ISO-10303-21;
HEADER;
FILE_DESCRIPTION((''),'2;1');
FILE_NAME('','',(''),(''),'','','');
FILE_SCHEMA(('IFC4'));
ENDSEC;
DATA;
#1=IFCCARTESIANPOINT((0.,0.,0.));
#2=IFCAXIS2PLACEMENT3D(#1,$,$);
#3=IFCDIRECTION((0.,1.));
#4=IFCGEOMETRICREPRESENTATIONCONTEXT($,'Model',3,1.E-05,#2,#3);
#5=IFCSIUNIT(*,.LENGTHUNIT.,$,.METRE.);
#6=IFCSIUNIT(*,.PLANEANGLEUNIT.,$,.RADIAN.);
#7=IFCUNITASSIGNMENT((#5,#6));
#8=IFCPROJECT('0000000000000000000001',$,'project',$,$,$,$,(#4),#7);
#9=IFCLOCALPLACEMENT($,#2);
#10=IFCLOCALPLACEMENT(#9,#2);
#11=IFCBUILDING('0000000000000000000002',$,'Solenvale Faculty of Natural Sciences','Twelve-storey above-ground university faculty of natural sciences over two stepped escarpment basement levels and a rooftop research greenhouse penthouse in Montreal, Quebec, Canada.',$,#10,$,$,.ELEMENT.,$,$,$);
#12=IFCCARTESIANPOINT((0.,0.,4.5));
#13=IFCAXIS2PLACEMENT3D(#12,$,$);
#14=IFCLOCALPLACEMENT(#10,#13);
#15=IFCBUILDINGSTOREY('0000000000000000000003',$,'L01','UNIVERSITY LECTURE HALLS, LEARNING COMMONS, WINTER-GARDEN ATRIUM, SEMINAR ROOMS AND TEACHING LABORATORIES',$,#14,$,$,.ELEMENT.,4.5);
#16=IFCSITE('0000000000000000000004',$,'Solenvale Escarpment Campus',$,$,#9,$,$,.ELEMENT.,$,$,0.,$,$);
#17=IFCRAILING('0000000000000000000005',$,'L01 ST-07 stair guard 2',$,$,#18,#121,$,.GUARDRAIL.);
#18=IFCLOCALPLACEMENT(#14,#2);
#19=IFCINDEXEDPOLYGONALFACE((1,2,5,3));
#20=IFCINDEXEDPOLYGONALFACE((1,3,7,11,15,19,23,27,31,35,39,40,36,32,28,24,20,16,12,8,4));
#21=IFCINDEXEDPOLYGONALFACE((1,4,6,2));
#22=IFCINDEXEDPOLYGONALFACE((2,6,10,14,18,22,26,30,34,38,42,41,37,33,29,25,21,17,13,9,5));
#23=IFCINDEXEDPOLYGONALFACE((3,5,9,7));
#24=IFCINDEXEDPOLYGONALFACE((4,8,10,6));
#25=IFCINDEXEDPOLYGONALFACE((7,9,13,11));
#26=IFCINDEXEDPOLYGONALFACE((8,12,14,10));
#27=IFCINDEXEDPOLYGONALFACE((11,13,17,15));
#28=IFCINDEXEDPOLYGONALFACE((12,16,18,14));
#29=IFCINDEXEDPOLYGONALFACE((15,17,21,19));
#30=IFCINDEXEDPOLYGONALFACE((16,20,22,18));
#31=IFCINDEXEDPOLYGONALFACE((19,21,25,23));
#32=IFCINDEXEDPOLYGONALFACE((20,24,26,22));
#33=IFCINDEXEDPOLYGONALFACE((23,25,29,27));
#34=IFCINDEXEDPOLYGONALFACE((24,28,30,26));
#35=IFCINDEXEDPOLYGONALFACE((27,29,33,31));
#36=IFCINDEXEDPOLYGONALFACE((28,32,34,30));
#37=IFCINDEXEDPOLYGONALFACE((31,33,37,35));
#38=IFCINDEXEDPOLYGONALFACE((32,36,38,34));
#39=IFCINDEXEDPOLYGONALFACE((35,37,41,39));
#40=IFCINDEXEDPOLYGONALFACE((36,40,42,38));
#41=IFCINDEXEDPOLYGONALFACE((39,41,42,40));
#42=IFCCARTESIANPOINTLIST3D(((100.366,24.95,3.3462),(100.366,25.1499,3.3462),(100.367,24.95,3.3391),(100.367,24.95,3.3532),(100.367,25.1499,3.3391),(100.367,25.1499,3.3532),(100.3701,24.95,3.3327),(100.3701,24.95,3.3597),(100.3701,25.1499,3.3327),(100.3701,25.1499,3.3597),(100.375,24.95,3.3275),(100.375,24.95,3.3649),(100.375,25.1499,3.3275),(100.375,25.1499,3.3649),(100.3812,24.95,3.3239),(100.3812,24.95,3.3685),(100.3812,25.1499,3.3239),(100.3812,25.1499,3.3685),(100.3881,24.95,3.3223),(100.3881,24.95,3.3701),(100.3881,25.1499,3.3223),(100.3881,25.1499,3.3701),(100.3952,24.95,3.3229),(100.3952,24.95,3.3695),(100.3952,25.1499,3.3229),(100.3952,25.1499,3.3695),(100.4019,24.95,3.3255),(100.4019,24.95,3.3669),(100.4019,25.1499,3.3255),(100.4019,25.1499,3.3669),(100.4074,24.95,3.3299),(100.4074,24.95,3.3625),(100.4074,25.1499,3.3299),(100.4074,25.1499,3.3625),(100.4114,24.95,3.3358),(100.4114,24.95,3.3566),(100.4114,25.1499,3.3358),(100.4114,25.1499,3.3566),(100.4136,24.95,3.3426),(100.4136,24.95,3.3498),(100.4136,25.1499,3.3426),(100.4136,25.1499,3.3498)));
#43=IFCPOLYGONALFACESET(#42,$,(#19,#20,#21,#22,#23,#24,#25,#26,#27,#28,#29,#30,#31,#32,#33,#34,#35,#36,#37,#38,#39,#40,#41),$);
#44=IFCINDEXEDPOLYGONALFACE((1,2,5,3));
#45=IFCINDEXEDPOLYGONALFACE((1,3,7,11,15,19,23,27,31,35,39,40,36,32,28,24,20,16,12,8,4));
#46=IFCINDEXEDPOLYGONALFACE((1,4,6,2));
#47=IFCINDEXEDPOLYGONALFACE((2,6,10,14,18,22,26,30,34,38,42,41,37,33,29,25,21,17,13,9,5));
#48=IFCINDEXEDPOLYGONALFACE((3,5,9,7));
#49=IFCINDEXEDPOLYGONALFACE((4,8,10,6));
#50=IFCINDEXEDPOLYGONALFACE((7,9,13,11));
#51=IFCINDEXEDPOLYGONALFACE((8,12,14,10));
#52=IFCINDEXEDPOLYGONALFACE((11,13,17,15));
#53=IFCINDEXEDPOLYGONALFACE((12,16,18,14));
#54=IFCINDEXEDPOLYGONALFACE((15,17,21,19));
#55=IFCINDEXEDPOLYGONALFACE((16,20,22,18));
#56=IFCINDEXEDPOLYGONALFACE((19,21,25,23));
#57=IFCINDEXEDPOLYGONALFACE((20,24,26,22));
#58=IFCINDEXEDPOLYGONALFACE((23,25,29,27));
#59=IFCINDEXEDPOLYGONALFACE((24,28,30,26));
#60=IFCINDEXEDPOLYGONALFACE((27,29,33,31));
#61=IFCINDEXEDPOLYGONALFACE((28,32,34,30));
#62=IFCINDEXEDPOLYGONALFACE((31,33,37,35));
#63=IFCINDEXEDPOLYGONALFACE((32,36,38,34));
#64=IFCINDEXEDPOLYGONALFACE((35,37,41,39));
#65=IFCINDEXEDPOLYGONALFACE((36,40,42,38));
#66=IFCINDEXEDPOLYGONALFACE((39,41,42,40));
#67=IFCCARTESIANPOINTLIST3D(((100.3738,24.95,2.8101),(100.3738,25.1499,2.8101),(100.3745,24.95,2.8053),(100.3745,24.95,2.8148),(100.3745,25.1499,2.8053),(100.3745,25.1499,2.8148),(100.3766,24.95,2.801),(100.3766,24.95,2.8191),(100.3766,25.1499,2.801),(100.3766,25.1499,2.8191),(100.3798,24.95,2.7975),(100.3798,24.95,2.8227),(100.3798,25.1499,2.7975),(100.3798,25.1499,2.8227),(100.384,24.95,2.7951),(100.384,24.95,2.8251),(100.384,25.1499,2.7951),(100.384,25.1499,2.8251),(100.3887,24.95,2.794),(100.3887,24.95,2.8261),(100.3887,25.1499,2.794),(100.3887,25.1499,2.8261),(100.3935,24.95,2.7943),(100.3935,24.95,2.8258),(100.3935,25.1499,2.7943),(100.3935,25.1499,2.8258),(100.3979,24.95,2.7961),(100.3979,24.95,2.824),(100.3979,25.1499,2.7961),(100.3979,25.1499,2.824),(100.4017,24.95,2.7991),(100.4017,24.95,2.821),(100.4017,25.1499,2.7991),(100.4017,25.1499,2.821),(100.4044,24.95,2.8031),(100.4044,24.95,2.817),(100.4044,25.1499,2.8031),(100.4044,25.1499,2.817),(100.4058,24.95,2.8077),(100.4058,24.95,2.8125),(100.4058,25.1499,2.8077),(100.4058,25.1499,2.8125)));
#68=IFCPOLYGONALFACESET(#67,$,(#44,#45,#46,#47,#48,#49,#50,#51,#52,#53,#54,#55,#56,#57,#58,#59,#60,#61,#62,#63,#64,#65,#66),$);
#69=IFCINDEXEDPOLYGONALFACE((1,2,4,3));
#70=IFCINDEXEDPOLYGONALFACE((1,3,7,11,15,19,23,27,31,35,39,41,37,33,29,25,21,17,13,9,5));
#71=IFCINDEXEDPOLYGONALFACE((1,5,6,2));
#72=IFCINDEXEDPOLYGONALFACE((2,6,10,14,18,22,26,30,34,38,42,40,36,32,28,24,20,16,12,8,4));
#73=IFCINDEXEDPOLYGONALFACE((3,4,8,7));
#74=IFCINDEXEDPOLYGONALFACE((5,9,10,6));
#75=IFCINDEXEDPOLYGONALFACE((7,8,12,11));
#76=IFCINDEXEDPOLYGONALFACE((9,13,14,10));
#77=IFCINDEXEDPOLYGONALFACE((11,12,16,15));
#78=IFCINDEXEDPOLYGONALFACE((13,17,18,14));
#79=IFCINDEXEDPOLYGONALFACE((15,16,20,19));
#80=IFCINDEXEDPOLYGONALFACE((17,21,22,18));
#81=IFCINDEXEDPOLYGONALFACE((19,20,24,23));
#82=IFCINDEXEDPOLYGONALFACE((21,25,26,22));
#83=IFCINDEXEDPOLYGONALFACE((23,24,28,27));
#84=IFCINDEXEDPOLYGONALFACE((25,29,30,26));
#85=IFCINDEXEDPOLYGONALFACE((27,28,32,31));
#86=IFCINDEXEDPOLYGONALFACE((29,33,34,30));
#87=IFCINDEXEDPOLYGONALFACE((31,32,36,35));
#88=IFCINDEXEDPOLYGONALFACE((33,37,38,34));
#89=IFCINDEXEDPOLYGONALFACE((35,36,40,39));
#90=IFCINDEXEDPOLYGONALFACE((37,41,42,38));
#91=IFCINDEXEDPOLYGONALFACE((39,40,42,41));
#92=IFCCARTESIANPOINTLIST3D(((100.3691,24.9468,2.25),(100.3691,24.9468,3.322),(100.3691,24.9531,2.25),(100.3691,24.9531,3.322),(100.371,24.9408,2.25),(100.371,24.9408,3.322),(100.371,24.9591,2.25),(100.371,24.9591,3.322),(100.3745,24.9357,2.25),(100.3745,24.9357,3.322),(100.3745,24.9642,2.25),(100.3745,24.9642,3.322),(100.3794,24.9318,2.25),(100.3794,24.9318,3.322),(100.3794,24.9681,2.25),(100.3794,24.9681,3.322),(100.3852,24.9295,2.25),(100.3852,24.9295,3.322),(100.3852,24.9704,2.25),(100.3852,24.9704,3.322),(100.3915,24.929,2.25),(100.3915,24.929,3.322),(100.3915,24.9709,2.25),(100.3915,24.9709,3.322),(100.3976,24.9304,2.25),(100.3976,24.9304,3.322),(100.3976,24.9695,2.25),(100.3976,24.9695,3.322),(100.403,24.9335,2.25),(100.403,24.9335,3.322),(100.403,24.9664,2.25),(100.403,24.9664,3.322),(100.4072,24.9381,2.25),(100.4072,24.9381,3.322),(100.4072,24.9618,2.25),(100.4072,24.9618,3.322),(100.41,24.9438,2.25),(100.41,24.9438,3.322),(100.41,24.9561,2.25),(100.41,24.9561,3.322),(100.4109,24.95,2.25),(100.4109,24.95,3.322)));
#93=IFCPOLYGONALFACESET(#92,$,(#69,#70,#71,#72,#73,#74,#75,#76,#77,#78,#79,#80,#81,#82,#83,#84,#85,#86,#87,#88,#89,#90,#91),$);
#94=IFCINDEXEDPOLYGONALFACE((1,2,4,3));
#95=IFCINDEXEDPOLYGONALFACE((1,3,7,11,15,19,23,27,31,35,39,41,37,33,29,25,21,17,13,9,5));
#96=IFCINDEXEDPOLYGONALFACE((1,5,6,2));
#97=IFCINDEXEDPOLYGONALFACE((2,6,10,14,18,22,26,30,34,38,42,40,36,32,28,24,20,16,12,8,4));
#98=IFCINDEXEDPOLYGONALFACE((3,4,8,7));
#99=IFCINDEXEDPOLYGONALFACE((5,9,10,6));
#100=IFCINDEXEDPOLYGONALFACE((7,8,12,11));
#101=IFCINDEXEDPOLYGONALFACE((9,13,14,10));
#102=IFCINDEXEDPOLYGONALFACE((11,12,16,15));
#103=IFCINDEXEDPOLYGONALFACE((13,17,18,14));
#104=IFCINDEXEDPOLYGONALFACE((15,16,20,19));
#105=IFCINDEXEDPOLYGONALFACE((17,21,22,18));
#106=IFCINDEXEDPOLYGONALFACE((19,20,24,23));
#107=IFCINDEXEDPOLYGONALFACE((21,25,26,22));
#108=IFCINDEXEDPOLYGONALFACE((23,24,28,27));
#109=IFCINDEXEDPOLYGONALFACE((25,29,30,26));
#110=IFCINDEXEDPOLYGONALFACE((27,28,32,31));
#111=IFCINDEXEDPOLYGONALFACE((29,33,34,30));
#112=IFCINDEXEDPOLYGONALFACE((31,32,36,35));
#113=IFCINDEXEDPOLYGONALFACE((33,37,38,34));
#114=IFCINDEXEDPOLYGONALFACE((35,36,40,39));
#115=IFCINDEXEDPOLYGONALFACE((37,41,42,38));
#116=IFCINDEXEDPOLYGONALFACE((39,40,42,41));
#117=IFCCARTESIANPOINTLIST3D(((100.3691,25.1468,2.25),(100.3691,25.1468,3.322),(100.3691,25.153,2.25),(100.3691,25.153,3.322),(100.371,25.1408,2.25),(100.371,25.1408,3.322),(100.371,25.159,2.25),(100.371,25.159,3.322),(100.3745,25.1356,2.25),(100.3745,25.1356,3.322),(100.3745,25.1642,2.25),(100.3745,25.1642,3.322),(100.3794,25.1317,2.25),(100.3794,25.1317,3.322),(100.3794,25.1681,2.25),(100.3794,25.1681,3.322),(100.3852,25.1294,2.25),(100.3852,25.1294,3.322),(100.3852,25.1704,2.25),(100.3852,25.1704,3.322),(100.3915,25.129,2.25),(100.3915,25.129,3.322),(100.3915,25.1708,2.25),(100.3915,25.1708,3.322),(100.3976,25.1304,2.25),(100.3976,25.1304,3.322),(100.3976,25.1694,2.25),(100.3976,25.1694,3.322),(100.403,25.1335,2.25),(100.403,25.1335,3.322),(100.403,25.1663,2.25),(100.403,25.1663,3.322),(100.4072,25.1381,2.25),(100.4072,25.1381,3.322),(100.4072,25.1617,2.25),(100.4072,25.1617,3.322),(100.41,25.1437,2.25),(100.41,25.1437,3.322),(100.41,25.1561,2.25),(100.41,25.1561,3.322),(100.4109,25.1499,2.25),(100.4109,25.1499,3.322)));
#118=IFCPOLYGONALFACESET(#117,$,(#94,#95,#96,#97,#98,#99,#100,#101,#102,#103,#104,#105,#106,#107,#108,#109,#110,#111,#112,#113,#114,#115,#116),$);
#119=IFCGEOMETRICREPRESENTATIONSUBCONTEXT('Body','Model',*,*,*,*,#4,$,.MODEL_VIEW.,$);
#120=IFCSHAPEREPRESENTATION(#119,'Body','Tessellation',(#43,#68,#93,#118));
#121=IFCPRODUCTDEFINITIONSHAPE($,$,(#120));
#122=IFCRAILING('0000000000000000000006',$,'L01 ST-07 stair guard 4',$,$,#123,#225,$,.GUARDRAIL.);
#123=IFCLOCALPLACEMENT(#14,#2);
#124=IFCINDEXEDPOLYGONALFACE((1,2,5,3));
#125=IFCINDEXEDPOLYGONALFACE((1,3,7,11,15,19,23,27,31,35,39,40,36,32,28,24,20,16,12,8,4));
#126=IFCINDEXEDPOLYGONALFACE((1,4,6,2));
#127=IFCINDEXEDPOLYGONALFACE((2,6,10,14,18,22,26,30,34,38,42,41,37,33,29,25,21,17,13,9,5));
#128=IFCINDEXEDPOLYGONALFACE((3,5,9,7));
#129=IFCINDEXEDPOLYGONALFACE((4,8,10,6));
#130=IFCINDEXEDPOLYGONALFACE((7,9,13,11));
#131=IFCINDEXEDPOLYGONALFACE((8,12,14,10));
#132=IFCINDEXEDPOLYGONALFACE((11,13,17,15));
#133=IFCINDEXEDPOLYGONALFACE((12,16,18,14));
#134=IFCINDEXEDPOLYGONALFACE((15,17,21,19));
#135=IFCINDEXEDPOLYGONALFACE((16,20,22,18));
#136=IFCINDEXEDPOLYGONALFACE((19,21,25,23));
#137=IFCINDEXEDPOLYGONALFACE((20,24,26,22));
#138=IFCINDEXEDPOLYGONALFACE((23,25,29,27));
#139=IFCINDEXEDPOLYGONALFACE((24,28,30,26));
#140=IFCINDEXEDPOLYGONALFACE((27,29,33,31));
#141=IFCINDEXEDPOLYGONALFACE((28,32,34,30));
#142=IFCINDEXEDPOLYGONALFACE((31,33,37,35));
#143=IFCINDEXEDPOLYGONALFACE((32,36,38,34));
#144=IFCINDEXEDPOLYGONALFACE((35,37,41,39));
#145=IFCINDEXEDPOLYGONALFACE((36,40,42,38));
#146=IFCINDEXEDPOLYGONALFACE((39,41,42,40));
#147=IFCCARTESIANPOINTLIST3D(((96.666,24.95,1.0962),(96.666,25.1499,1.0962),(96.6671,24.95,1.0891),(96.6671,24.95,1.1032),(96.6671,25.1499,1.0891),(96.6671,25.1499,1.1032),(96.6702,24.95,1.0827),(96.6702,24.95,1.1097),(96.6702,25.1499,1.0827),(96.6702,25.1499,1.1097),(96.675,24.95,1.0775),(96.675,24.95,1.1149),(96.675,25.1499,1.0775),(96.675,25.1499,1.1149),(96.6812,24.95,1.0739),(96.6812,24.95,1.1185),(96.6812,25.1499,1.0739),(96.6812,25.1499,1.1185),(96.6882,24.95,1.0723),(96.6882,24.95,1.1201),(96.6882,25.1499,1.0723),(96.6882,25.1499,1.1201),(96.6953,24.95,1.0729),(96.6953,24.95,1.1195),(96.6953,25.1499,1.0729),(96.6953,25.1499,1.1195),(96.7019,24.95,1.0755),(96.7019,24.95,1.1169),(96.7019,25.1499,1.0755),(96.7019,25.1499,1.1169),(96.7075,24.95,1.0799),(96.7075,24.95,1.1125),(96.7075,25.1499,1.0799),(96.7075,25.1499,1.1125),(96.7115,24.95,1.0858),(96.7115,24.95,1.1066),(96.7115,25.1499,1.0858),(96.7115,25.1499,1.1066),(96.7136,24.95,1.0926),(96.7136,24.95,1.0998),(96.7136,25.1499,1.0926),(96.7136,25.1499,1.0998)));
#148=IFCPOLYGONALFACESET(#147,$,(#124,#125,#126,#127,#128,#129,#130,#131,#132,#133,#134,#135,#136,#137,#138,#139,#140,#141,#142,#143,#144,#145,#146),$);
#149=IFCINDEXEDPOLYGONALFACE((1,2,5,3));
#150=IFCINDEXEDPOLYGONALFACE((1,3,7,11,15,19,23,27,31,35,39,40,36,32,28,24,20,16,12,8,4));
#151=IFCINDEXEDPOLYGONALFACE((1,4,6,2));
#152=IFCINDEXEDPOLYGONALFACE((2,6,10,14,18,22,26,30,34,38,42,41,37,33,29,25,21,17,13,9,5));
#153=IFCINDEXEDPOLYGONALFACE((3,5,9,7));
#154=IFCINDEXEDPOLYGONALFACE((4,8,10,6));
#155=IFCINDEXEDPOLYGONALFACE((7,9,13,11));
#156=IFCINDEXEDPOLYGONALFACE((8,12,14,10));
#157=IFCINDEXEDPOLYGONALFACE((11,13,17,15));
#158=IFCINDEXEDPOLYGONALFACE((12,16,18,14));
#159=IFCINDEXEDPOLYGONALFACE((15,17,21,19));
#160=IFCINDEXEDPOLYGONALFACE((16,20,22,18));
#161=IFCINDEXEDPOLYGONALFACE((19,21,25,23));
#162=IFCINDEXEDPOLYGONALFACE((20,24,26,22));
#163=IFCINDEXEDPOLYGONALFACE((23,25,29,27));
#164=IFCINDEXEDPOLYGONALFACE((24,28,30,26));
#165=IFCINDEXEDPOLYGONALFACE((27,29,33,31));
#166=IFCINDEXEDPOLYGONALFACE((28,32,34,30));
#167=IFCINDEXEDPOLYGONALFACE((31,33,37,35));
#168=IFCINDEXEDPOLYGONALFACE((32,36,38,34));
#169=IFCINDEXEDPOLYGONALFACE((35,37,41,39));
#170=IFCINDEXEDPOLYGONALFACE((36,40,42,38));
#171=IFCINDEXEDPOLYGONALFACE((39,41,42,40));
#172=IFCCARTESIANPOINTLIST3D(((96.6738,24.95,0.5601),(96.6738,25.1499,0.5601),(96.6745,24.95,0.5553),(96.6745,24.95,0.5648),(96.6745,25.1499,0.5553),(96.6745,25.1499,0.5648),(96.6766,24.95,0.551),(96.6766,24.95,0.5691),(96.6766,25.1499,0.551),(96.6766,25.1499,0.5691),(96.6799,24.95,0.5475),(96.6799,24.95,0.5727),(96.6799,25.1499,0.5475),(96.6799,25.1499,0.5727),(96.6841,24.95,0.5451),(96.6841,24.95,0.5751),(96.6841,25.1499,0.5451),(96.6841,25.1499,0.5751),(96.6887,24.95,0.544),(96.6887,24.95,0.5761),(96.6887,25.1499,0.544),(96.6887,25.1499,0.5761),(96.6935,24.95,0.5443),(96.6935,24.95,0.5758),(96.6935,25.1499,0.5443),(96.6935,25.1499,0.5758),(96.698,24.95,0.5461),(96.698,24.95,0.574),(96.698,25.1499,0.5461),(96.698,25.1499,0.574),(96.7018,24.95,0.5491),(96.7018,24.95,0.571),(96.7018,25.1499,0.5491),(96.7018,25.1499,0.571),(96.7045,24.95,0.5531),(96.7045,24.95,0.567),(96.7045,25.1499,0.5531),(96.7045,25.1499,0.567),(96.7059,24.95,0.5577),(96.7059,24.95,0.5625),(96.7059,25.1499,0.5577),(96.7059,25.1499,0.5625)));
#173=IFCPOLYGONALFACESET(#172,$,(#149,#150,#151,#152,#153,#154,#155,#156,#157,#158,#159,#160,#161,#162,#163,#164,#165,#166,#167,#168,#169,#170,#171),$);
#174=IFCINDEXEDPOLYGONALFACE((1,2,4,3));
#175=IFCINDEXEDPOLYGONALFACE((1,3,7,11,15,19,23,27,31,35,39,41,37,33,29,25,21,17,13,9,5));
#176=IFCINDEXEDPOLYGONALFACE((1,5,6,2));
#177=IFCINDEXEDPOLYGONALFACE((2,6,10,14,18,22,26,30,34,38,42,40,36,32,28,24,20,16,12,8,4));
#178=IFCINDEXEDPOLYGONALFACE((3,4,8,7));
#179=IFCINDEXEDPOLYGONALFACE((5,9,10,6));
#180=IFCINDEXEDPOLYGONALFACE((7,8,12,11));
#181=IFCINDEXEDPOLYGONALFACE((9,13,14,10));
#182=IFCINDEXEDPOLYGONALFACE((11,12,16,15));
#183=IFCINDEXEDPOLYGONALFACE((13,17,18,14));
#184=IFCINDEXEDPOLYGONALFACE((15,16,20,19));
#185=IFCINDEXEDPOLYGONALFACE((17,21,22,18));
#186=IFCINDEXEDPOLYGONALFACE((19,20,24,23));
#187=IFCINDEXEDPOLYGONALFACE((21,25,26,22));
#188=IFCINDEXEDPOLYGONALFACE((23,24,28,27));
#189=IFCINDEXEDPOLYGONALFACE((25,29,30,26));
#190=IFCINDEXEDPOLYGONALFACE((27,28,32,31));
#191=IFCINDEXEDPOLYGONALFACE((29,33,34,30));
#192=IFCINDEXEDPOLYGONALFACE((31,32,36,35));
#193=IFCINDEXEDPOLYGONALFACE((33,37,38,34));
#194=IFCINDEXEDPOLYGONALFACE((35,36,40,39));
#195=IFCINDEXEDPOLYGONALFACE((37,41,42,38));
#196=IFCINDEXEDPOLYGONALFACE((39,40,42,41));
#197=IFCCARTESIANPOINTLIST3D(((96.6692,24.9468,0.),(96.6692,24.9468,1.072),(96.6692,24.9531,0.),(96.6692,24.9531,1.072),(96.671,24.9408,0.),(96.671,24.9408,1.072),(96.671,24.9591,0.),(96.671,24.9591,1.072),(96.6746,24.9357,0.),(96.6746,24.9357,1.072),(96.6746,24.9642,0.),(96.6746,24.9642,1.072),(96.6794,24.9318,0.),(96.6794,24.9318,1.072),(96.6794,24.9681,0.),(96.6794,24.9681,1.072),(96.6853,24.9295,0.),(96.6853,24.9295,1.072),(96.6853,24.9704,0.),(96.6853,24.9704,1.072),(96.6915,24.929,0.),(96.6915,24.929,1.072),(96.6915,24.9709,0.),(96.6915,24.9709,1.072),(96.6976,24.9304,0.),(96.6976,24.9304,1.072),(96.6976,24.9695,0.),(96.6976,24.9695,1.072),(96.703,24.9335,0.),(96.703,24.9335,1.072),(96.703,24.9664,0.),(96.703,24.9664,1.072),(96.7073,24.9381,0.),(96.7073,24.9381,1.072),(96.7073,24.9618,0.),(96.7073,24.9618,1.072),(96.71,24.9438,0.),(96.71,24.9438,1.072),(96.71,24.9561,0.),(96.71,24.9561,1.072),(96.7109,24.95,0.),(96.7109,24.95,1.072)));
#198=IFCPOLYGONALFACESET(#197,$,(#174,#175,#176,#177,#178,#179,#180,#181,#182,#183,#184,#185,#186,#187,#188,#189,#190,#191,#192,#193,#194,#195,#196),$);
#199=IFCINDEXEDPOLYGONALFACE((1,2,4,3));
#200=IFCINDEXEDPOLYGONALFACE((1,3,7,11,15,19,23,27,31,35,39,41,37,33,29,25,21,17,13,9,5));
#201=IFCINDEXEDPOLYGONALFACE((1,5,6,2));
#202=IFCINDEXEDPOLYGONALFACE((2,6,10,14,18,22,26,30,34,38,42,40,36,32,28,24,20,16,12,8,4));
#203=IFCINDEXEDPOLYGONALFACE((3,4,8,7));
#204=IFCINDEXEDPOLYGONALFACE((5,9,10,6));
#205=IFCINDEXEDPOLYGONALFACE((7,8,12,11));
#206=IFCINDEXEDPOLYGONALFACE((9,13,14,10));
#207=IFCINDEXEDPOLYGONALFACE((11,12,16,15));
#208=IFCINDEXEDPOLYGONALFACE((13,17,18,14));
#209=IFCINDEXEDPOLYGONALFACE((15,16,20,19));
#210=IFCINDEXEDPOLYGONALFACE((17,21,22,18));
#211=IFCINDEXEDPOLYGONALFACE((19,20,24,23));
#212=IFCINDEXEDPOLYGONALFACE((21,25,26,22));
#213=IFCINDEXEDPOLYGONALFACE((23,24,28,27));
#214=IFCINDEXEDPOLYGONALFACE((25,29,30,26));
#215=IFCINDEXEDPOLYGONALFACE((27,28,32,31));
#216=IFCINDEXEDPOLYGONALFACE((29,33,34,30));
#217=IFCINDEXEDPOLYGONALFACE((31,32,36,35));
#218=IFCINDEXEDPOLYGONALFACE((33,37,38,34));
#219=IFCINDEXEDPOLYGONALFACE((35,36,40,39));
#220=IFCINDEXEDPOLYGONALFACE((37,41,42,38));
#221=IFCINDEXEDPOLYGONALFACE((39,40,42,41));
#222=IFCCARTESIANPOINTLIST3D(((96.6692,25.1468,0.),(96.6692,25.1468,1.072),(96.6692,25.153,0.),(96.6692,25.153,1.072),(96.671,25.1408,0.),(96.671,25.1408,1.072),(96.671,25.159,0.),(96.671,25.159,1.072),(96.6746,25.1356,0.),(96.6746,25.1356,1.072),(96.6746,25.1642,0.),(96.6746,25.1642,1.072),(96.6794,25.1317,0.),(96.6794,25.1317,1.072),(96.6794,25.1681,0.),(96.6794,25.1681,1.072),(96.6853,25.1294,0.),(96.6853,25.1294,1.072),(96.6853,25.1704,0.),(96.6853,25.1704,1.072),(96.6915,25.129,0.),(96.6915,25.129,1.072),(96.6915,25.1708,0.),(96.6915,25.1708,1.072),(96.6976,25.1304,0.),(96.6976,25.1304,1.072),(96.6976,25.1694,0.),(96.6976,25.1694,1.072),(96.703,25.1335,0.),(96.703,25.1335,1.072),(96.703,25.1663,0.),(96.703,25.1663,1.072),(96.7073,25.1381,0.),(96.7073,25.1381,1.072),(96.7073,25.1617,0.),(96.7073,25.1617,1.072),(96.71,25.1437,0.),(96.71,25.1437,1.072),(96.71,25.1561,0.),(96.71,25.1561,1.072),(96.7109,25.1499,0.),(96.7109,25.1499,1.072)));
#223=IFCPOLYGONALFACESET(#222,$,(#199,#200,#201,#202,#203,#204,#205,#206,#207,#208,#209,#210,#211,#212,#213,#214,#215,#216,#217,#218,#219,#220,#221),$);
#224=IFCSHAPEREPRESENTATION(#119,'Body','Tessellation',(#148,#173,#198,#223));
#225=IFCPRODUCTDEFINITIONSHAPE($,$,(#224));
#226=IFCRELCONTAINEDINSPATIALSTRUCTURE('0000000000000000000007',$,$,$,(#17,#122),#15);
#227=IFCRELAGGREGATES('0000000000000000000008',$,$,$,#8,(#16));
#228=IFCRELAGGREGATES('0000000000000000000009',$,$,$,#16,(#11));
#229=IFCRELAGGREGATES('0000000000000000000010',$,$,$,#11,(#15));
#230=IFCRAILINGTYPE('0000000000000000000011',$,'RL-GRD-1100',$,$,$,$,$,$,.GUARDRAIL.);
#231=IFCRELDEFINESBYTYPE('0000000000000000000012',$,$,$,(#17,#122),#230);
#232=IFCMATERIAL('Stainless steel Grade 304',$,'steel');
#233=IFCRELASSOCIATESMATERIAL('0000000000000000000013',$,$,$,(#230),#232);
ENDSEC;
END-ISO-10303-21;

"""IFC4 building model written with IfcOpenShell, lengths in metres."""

from ifc_helpers import new_model, si_unit, direction, frame, origin, origin_2d, place, context, subcontext, project, spatial, circle, extrude, material, type_object, element, save


model = new_model("IFC4")

# Units and contexts
model_context = context("Model", 3, precision=1e-05, world=origin(), true_north=direction((0.0, 1.0)))
body_context = subcontext(model_context, "Body", "Model", "MODEL_VIEW")
ifc_project = project(units=[si_unit("LENGTHUNIT", "METRE"), si_unit("PLANEANGLEUNIT", "RADIAN")], contexts=[model_context])

# Site, building, storey
site_placement = place(None, origin())
site = spatial("IfcSite", under=ifc_project, at=site_placement, Name="Solenvale Escarpment Campus", CompositionType="ELEMENT", RefElevation=0.0)
building_placement = place(site_placement, origin())
building = spatial("IfcBuilding", under=site, at=building_placement, Name="Solenvale Faculty of Natural Sciences", Description="Twelve-storey above-ground university faculty of natural sciences over two stepped escarpment basement levels and a rooftop research greenhouse penthouse in Montreal, Quebec, Canada.", CompositionType="ELEMENT")
storey_placement = place(building_placement, frame((0.0, 0.0, 4.5)))
storey = spatial("IfcBuildingStorey", under=building, at=storey_placement, Name="L01", Description="UNIVERSITY LECTURE HALLS, LEARNING COMMONS, WINTER-GARDEN ATRIUM, SEMINAR ROOMS AND TEACHING LABORATORIES", CompositionType="ELEMENT", Elevation=4.5)

# Railings
ifc_material_1 = material(Name="Stainless steel Grade 304", Category="steel")
railing_type_1 = type_object("IfcRailingType", Name="RL-GRD-1100", PredefinedType="GUARDRAIL", material=ifc_material_1)
for number, where, name in (
    (1, (100.3899, 24.95, 2.25), "L01 ST-07 stair guard 2"),
    (2, (96.6899, 24.95, 0.0), "L01 ST-07 stair guard 4"),
):
    element("IfcRailing", number, at=place(storey_placement, frame(where)), inside=storey, type_object=railing_type_1, Name=name, PredefinedType="GUARDRAIL", context=body_context, shape_type="SweptSolid", body=[
        extrude(circle(Radius=0.0239, at=origin_2d()), frame((0.0, 0.0, 1.0962), z_axis=(0.0, 1.0, 0.0), x_axis=(-1.0, 0.0, 0.0)), (0.0, 0.0, 1.0), 0.2),
        extrude(circle(Radius=0.0161, at=origin_2d()), frame((0.0, 0.0, 0.5601), z_axis=(0.0, 1.0, 0.0), x_axis=(-1.0, 0.0, 0.0)), (0.0, 0.0, 1.0), 0.2),
        extrude(circle(Radius=0.021, at=origin_2d()), origin(), (0.0, 0.0, 1.0), 1.072),
        extrude(circle(Radius=0.021, at=origin_2d()), frame((0.0, 0.2, 0.0)), (0.0, 0.0, 1.0), 1.072),
    ])

save(model, "model.ifc")
